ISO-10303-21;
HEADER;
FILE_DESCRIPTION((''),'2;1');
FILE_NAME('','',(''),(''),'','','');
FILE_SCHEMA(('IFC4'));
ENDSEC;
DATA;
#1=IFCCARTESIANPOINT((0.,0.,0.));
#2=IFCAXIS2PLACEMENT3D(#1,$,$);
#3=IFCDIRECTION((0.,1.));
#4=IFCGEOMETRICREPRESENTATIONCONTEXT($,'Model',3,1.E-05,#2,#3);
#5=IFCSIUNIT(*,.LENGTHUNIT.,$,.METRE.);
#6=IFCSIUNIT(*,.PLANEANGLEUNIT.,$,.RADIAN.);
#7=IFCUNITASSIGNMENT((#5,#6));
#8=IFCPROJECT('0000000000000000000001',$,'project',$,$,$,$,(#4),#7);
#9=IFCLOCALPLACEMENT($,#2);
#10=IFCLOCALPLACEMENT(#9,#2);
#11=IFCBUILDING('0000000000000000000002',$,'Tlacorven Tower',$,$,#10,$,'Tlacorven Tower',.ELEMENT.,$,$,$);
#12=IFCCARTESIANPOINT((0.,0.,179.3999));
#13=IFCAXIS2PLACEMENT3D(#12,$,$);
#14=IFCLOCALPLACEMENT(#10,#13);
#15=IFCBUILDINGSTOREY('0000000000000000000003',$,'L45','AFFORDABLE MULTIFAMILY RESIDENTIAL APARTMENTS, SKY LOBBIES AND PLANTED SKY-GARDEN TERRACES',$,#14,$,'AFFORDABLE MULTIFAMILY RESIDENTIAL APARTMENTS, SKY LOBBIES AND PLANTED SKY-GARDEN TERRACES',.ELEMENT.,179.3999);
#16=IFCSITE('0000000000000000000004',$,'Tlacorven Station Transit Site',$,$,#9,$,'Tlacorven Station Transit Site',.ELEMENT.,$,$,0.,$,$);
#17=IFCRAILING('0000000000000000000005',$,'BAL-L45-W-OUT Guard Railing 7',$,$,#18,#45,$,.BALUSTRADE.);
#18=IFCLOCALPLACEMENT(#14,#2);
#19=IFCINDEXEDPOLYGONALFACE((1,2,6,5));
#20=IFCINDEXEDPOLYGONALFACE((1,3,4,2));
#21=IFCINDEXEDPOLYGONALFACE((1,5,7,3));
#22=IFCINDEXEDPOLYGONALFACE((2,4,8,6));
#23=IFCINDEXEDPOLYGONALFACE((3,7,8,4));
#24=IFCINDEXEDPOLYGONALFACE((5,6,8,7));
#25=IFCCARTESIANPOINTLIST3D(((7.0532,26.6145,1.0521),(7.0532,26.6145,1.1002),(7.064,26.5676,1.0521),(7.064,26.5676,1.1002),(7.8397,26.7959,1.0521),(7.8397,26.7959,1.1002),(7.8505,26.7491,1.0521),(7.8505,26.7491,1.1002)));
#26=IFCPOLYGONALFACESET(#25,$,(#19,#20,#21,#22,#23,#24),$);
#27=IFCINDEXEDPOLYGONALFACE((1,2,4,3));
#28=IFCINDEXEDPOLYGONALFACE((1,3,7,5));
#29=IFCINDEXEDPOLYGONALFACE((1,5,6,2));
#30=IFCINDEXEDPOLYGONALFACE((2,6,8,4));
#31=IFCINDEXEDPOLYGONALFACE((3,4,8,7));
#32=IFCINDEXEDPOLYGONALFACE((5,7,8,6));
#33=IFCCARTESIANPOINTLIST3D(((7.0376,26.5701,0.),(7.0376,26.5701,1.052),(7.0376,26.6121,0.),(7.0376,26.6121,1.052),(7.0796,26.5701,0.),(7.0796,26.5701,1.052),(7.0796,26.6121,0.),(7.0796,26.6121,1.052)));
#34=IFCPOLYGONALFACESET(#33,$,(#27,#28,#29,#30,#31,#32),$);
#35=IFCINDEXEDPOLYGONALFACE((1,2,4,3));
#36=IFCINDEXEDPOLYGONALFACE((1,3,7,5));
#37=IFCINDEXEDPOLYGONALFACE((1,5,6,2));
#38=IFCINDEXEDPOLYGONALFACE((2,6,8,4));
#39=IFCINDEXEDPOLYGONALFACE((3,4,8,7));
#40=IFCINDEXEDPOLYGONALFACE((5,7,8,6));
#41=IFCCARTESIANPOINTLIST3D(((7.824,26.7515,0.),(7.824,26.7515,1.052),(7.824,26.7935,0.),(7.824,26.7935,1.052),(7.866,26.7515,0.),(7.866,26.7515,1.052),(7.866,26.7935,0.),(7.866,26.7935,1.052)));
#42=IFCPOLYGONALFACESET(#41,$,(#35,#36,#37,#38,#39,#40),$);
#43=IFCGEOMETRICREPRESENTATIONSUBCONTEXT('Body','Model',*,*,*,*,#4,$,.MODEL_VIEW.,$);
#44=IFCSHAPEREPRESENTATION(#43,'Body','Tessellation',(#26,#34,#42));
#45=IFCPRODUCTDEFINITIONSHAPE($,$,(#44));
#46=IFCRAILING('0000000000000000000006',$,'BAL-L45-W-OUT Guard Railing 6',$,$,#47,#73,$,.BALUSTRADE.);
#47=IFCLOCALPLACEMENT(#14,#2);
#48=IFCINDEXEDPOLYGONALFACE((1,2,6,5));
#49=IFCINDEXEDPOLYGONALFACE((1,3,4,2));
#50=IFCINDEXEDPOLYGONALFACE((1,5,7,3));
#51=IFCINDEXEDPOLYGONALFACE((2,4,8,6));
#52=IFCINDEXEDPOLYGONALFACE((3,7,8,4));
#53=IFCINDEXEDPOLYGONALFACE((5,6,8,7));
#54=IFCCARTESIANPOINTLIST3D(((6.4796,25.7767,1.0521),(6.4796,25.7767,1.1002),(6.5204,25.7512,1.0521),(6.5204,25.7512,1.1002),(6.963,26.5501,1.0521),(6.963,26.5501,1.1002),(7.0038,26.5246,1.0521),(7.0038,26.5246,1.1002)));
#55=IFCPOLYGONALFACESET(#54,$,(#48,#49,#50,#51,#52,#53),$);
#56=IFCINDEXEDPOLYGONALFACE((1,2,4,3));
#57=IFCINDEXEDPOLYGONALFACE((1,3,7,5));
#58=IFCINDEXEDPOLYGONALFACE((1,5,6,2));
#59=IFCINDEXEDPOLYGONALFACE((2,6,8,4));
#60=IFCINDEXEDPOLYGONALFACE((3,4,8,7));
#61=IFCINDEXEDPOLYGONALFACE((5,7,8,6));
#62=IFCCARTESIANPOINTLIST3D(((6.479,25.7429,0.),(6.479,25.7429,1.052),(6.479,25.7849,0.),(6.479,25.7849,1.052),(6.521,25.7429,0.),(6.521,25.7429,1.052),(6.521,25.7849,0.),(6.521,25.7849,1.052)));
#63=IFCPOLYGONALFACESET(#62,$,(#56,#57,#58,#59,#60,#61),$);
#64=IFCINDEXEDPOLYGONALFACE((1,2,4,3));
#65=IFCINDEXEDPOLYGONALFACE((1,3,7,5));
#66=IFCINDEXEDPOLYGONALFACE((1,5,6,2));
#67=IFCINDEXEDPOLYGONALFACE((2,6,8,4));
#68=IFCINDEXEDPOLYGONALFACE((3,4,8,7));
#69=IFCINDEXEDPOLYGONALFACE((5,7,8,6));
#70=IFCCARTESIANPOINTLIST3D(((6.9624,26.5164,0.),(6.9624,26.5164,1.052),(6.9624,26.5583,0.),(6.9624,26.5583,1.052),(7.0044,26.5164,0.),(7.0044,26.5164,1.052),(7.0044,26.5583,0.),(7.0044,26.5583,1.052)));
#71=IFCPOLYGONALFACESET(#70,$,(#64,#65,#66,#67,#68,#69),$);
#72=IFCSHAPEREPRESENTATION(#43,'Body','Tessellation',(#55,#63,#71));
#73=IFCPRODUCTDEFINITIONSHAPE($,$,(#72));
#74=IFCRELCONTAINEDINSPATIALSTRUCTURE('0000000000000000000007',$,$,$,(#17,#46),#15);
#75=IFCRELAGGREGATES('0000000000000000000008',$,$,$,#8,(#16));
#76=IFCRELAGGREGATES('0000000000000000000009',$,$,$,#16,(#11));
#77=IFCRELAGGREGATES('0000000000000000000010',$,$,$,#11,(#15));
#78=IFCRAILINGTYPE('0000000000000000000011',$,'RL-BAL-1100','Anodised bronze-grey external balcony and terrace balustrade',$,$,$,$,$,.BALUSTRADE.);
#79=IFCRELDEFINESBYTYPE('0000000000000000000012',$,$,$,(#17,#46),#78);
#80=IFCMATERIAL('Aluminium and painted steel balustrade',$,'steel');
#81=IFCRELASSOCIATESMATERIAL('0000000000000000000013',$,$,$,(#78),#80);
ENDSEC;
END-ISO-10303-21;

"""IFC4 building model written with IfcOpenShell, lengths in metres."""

from ifc_helpers import new_model, si_unit, direction, frame, origin, origin_2d, place, context, subcontext, project, spatial, rectangle, extrude, source, transform, mapped, material, type_object, element, save


model = new_model("IFC4")

# Units and contexts
model_context = context("Model", 3, precision=1e-05, world=origin(), true_north=direction((0.0, 1.0)))
body_context = subcontext(model_context, "Body", "Model", "MODEL_VIEW")
ifc_project = project(units=[si_unit("LENGTHUNIT", "METRE"), si_unit("PLANEANGLEUNIT", "RADIAN")], contexts=[model_context])

# Site, building, storey
site_placement = place(None, origin())
site = spatial("IfcSite", under=ifc_project, at=site_placement, Name="Tlacorven Station Transit Site", LongName="Tlacorven Station Transit Site", CompositionType="ELEMENT", RefElevation=0.0)
building_placement = place(site_placement, origin())
building = spatial("IfcBuilding", under=site, at=building_placement, Name="Tlacorven Tower", LongName="Tlacorven Tower", CompositionType="ELEMENT")
storey_placement = place(building_placement, frame((0.0, 0.0, 179.3999)))
storey = spatial("IfcBuildingStorey", under=building, at=storey_placement, Name="L45", Description="AFFORDABLE MULTIFAMILY RESIDENTIAL APARTMENTS, SKY LOBBIES AND PLANTED SKY-GARDEN TERRACES", LongName="AFFORDABLE MULTIFAMILY RESIDENTIAL APARTMENTS, SKY LOBBIES AND PLANTED SKY-GARDEN TERRACES", CompositionType="ELEMENT", Elevation=179.3999)

# Railings
ifc_material_1 = material(Name="Aluminium and painted steel balustrade", Category="steel")
railing_type = type_object("IfcRailingType", Name="RL-BAL-1100", Description="Anodised bronze-grey external balcony and terrace balustrade", PredefinedType="BALUSTRADE", material=ifc_material_1)
shared_shape_1 = source(origin(), body_context, "Body", "SweptSolid", [
    extrude(rectangle(XDim=0.0481, YDim=0.0481, at=origin_2d()), frame((0.0, 0.0, 1.0762), z_axis=(0.974412, 0.224771, 0.0), x_axis=(-0.224771, 0.974412, 0.0)), (0.0, 0.0, 1.0), 0.8071),
    extrude(rectangle(XDim=0.042, YDim=0.042, at=origin_2d()), origin(), (0.0, 0.0, 1.0), 1.052),
    extrude(rectangle(XDim=0.042, YDim=0.042, at=origin_2d()), frame((0.7864, 0.1814, 0.0)), (0.0, 0.0, 1.0), 1.052),
])
railing_1_placement = place(storey_placement, frame((7.0586, 26.5911, 0.0)))
element("IfcRailing", 1, at=railing_1_placement, inside=storey, type_object=railing_type, Name="BAL-L45-W-OUT Guard Railing 7", PredefinedType="BALUSTRADE", context=body_context, shape_type="MappedRepresentation", body=[
    mapped(shared_shape_1, transform((0.0, 0.0, 0.0), scale=1.0)),
])
shared_shape_2 = source(origin(), body_context, "Body", "SweptSolid", [
    extrude(rectangle(XDim=0.0481, YDim=0.0481, at=origin_2d()), frame((0.0, 0.0, 1.0762), z_axis=(0.529999, 0.847998, 0.0), x_axis=(-0.847998, 0.529999, 0.0)), (0.0, 0.0, 1.0), 0.9121),
    extrude(rectangle(XDim=0.042, YDim=0.042, at=origin_2d()), origin(), (0.0, 0.0, 1.0), 1.052),
    extrude(rectangle(XDim=0.042, YDim=0.042, at=origin_2d()), frame((0.4834, 0.7734, 0.0)), (0.0, 0.0, 1.0), 1.052),
])
railing_2_placement = place(storey_placement, frame((6.5, 25.7639, 0.0)))
element("IfcRailing", 2, at=railing_2_placement, inside=storey, type_object=railing_type, Name="BAL-L45-W-OUT Guard Railing 6", PredefinedType="BALUSTRADE", context=body_context, shape_type="MappedRepresentation", body=[
    mapped(shared_shape_2, transform((0.0, 0.0, 0.0), scale=1.0)),
])

save(model, "model.ifc")
